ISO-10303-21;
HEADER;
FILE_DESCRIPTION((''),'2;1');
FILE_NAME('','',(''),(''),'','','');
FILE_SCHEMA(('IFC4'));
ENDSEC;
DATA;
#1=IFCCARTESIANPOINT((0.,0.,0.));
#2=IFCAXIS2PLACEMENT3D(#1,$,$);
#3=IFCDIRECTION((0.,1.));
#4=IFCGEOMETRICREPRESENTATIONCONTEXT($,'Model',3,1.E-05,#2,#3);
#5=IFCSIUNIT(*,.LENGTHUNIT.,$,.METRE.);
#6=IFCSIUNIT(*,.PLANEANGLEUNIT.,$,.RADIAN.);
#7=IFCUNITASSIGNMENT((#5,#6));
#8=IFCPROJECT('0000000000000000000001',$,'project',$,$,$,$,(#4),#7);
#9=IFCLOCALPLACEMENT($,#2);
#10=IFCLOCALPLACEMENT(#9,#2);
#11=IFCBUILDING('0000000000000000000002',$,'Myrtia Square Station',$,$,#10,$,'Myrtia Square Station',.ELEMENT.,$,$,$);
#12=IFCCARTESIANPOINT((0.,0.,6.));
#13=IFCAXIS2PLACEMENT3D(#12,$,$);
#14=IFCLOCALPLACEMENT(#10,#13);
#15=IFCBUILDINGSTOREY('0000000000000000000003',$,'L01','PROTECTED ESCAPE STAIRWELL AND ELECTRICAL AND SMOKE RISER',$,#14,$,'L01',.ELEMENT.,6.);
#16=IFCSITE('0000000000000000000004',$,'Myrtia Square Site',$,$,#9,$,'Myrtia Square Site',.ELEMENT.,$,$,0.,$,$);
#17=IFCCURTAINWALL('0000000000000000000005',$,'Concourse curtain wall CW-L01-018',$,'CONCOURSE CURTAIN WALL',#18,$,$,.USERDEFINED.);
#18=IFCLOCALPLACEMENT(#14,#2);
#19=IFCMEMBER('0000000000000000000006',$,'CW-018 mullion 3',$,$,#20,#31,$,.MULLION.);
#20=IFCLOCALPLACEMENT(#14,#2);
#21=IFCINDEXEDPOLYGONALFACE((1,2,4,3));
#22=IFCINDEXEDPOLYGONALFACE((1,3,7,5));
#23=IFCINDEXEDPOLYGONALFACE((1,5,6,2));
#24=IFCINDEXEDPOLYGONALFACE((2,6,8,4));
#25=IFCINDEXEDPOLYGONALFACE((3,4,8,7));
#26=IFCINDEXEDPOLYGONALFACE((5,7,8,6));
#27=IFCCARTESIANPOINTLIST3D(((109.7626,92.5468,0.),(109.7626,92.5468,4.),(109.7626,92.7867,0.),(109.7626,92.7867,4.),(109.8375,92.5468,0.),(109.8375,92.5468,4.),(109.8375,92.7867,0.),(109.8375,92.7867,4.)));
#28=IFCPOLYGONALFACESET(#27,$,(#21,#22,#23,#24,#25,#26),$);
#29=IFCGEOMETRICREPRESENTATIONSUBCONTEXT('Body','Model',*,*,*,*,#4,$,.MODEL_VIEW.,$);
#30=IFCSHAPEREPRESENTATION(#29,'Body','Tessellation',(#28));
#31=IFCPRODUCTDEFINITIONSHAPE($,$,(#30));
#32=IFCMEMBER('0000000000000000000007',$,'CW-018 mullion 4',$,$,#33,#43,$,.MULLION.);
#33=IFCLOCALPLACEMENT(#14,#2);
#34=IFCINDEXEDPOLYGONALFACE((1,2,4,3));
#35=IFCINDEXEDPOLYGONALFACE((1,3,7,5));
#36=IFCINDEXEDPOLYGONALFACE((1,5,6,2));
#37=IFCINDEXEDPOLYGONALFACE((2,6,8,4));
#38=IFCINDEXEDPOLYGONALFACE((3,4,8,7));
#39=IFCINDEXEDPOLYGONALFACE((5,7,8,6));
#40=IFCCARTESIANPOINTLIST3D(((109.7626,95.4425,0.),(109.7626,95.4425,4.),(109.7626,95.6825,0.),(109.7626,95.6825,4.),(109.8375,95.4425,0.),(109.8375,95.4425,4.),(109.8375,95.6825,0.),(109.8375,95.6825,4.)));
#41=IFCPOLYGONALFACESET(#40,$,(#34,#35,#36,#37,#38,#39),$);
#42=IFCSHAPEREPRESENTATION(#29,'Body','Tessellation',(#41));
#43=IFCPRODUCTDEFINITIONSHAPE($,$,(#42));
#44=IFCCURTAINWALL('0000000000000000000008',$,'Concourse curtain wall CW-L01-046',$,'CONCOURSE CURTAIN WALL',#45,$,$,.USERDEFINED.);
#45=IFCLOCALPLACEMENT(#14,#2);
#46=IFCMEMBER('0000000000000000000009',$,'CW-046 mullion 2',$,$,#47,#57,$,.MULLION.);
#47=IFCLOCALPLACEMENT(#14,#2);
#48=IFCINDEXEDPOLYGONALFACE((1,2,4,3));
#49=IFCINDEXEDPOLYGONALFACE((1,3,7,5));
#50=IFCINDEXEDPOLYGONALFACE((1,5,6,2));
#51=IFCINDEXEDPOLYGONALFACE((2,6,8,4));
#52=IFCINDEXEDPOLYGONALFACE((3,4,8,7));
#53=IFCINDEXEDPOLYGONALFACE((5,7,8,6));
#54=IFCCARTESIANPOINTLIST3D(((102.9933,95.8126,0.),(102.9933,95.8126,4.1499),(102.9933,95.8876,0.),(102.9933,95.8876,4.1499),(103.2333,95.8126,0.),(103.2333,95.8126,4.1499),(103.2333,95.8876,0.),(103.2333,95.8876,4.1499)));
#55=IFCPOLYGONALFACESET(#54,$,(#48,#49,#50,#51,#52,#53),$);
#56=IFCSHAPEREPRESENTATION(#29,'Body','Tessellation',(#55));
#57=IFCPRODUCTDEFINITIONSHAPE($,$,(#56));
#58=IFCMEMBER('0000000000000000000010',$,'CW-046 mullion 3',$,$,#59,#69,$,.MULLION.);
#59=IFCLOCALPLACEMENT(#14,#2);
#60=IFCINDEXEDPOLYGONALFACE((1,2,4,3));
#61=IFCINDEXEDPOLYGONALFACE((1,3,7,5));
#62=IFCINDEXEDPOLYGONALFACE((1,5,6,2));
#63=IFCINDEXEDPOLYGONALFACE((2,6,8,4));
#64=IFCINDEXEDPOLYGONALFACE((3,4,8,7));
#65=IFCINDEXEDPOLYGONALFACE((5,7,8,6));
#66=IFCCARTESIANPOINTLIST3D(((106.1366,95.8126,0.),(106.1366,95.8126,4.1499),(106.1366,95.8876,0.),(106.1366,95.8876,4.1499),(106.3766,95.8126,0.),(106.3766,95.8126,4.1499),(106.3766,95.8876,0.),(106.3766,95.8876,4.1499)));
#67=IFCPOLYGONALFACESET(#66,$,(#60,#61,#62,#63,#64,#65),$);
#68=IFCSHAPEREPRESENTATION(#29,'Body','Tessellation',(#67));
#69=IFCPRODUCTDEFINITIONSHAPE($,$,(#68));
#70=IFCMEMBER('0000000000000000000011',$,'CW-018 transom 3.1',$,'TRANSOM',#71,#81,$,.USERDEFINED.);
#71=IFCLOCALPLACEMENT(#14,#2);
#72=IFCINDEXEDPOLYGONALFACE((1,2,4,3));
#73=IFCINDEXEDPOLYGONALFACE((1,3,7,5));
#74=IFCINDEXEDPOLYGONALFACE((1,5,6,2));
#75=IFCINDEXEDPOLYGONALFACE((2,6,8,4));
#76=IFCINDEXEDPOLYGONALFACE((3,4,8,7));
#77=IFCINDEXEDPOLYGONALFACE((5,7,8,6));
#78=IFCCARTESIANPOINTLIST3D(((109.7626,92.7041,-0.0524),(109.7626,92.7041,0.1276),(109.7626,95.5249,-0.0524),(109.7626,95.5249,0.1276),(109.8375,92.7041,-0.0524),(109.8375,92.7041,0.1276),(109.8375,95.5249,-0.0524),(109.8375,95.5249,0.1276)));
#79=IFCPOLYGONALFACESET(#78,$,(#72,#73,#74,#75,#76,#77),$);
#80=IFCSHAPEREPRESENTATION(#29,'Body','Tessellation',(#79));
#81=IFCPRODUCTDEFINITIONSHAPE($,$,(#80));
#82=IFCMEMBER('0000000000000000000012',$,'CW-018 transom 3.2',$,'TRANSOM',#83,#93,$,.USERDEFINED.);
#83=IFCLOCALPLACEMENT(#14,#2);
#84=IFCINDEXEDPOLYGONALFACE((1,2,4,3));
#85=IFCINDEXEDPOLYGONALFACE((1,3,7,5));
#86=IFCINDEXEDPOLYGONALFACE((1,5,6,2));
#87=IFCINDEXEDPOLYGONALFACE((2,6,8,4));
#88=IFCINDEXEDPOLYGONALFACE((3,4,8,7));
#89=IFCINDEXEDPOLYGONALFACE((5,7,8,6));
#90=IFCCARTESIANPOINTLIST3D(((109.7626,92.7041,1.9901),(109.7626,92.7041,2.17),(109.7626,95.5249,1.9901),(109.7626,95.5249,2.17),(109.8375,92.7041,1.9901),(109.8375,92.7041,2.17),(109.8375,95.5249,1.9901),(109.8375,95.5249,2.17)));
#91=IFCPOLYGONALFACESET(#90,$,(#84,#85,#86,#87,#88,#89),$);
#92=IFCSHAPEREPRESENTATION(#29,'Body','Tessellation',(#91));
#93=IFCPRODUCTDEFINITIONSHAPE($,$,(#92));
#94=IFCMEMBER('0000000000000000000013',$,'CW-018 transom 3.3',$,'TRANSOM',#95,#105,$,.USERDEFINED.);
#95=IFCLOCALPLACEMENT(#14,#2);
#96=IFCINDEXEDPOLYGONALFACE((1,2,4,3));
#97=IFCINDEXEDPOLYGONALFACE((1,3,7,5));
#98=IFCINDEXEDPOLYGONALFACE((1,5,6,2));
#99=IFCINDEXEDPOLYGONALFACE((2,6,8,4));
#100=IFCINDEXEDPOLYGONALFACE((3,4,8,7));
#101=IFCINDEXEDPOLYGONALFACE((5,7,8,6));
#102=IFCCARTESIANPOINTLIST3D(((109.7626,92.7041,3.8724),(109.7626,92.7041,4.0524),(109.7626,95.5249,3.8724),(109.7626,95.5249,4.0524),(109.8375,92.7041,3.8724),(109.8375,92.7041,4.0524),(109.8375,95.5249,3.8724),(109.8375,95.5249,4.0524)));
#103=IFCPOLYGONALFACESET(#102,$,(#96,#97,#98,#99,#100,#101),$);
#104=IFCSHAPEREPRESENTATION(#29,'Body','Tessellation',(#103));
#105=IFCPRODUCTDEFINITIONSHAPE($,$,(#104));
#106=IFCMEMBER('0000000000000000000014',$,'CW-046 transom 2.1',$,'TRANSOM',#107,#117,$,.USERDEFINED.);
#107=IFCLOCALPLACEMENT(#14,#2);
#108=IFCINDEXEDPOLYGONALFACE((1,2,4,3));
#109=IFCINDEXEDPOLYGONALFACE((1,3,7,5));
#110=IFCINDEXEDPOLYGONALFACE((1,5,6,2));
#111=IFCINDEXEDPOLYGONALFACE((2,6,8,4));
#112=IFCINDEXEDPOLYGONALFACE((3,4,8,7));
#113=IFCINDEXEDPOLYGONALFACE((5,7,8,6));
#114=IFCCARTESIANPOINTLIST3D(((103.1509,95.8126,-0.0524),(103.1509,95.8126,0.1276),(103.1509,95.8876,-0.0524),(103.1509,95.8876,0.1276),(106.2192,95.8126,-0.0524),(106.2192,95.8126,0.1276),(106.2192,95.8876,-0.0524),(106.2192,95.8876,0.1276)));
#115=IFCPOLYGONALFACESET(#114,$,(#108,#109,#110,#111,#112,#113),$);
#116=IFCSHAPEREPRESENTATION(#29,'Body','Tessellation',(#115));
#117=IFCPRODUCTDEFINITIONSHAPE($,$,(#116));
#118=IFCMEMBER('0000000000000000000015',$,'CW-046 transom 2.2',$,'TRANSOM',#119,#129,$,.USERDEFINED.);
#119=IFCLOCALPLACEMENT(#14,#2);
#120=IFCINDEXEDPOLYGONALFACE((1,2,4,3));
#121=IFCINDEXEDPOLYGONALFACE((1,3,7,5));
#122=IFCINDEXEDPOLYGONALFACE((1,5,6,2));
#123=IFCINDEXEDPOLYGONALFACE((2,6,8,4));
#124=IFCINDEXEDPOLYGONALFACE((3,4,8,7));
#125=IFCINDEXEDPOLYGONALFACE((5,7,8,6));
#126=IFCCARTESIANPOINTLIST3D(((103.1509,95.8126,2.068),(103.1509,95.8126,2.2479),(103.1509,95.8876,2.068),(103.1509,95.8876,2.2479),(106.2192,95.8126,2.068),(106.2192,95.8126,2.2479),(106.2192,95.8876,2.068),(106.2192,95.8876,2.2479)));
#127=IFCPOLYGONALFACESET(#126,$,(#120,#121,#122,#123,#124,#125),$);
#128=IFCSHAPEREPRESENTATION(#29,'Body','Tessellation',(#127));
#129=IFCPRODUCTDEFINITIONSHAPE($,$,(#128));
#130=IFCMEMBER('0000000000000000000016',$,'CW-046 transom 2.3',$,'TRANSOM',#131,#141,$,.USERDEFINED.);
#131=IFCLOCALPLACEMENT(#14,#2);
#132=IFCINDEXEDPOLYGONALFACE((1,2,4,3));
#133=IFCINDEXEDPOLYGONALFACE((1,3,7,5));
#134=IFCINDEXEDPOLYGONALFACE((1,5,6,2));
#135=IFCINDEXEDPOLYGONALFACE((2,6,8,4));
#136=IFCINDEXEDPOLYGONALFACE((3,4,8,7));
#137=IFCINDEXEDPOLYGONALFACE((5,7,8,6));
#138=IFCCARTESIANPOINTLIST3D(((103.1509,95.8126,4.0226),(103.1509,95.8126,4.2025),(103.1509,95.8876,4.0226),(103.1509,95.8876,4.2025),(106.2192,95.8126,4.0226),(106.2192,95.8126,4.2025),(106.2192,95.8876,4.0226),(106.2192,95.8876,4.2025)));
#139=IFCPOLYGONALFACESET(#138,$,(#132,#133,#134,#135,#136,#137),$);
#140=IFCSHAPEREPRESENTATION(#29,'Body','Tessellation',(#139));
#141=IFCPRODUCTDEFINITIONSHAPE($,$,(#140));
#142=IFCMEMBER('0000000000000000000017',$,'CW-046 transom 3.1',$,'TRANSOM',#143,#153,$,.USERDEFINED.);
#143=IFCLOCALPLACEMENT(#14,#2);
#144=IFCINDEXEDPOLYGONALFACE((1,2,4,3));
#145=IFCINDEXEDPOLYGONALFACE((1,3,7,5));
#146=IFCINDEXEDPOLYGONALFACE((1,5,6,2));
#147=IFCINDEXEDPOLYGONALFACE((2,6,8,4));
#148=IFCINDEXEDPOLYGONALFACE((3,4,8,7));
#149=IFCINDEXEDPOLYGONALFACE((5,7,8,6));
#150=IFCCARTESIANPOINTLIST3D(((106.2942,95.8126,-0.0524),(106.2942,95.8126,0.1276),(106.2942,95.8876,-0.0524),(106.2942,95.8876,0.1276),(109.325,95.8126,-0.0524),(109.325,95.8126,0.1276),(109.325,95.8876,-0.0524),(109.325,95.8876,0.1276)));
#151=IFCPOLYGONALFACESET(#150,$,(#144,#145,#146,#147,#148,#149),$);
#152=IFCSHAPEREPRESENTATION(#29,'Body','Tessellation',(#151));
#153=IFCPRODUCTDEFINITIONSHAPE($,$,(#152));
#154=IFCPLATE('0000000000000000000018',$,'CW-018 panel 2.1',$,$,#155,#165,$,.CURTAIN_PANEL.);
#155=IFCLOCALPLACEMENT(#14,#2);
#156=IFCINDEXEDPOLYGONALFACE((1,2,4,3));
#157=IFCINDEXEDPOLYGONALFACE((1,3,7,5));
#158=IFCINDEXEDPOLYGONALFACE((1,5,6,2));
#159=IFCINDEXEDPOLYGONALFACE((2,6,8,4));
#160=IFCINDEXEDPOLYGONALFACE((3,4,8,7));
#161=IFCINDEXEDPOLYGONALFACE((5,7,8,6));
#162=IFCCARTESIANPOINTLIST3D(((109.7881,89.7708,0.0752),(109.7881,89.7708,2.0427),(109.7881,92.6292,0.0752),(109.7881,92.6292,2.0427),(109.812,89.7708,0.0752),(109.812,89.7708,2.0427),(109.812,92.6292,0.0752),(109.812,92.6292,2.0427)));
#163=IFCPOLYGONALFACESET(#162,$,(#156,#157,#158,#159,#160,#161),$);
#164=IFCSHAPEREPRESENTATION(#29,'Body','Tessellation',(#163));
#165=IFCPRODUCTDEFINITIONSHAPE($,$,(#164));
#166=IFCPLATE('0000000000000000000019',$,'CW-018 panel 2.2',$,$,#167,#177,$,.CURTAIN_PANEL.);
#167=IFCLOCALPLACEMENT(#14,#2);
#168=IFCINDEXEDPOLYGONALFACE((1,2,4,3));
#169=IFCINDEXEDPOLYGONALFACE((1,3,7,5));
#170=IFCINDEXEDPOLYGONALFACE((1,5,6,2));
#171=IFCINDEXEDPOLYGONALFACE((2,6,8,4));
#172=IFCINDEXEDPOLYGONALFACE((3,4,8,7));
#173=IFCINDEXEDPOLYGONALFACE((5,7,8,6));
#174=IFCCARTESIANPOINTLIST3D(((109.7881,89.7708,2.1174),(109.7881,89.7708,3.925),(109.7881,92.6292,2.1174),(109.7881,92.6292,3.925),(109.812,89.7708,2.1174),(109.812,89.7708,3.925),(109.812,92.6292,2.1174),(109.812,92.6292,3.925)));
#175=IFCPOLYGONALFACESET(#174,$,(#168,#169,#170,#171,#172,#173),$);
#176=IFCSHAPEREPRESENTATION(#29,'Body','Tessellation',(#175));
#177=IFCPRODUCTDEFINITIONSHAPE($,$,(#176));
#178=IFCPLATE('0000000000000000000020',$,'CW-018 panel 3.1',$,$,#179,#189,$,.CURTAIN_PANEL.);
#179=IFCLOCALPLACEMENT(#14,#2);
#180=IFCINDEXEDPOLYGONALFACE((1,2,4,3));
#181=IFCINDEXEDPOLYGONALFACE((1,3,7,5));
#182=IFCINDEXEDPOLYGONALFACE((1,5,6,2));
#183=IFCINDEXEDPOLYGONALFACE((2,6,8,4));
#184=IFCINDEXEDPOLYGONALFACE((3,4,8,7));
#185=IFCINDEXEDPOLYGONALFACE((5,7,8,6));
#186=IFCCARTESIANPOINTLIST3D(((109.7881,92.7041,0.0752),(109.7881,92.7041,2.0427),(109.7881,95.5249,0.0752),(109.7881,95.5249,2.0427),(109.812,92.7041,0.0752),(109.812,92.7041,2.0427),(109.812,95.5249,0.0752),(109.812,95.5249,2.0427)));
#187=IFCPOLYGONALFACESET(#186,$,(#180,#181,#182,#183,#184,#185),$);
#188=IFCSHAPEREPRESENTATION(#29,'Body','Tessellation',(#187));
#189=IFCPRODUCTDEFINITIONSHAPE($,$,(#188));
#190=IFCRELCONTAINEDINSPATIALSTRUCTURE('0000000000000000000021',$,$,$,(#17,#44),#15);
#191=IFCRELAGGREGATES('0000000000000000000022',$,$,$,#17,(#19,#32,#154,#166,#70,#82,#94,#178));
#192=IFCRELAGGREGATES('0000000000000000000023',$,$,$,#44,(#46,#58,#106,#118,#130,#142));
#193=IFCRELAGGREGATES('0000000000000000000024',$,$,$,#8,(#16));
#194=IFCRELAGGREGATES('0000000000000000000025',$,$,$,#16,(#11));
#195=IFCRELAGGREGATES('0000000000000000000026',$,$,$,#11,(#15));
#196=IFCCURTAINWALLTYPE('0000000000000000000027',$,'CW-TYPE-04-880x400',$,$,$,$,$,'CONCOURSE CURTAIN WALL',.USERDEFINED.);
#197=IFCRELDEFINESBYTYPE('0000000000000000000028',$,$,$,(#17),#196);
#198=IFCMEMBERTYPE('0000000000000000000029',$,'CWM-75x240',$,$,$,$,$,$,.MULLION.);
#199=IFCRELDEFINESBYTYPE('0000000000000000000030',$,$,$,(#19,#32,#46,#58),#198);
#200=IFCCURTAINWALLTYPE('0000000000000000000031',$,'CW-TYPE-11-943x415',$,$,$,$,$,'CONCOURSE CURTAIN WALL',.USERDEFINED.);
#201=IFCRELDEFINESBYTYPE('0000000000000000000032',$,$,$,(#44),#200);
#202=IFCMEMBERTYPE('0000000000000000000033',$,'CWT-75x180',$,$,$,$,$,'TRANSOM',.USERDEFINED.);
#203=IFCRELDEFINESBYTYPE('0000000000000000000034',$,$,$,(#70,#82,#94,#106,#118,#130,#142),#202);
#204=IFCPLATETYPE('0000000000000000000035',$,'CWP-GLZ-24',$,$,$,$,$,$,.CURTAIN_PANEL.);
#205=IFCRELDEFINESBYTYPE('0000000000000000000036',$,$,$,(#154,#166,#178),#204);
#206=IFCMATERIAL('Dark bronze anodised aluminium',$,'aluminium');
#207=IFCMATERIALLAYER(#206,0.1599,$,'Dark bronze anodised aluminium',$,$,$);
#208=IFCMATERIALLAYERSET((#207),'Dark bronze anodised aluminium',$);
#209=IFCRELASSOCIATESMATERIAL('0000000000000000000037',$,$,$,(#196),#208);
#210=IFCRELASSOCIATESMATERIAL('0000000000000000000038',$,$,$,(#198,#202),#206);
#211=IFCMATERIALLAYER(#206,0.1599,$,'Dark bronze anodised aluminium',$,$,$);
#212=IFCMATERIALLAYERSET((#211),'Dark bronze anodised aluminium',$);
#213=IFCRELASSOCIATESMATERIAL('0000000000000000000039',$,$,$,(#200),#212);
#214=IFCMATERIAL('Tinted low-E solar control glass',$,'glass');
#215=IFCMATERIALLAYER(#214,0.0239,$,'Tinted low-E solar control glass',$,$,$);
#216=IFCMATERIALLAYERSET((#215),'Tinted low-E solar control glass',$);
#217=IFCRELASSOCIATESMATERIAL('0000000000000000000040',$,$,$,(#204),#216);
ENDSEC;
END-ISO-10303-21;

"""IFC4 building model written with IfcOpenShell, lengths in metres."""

from ifc_helpers import new_model, si_unit, direction, frame, origin, origin_2d, place, context, subcontext, project, spatial, rectangle, extrude, material, layer, layer_set, material_profile, profile_set, type_object, element, aggregate, save


model = new_model("IFC4")

# Units and contexts
model_context = context("Model", 3, precision=1e-05, world=origin(), true_north=direction((0.0, 1.0)))
body_context = subcontext(model_context, "Body", "Model", "MODEL_VIEW")
ifc_project = project(units=[si_unit("LENGTHUNIT", "METRE"), si_unit("PLANEANGLEUNIT", "RADIAN")], contexts=[model_context])

# Site, building, storey
site_placement = place(None, origin())
site = spatial("IfcSite", under=ifc_project, at=site_placement, Name="Myrtia Square Site", LongName="Myrtia Square Site", CompositionType="ELEMENT", RefElevation=0.0)
building_placement = place(site_placement, origin())
building = spatial("IfcBuilding", under=site, at=building_placement, Name="Myrtia Square Station", LongName="Myrtia Square Station", CompositionType="ELEMENT")
storey_placement = place(building_placement, frame((0.0, 0.0, 6.0)))
storey = spatial("IfcBuildingStorey", under=building, at=storey_placement, Name="L01", Description="PROTECTED ESCAPE STAIRWELL AND ELECTRICAL AND SMOKE RISER", LongName="L01", CompositionType="ELEMENT", Elevation=6.0)

# Curtain walls, members
ifc_material_1 = material(Name="Dark bronze anodised aluminium", Category="aluminium")
ifc_layer_1 = layer(ifc_material_1, 0.1599, Name="Dark bronze anodised aluminium")
ifc_layer_set_1 = layer_set([ifc_layer_1], Name="Dark bronze anodised aluminium")
curtain_wall_type_1 = type_object("IfcCurtainWallType", Name="CW-TYPE-04-880x400", ElementType="CONCOURSE CURTAIN WALL", PredefinedType="USERDEFINED", material=ifc_layer_set_1)
curtain_wall_1_placement = place(storey_placement, origin())
curtain_wall_1 = element("IfcCurtainWall", 1, at=curtain_wall_1_placement, inside=storey, type_object=curtain_wall_type_1, Name="Concourse curtain wall CW-L01-018", ObjectType="CONCOURSE CURTAIN WALL", PredefinedType="USERDEFINED")
ifc_material_profile_1 = material_profile(ifc_material_1, rectangle(XDim=0.075, YDim=0.24, at=origin_2d()), Name="ALU-M 75x240")
ifc_profile_set_1 = profile_set([ifc_material_profile_1], Name="Dark bronze anodised aluminium")
member_type_1 = type_object("IfcMemberType", Name="CWM-75x240", PredefinedType="MULLION", material=ifc_profile_set_1)
member_1_placement = place(storey_placement, frame((109.8, 92.6667, 0.0), z_axis=(0.0, 0.0, 1.0), x_axis=(-1.0, 0.0, 0.0)))
member_1 = element("IfcMember", 2, at=member_1_placement, type_object=member_type_1, Name="CW-018 mullion 3", PredefinedType="MULLION", context=body_context, shape_type="SweptSolid", body=[
    extrude(rectangle(XDim=0.075, YDim=0.24, at=origin_2d()), origin(), (0.0, 0.0, 1.0), 4.0),
])
member_2_placement = place(storey_placement, frame((109.8, 95.5625, 0.0), z_axis=(0.0, 0.0, 1.0), x_axis=(-1.0, 0.0, 0.0)))
member_2 = element("IfcMember", 3, at=member_2_placement, type_object=member_type_1, Name="CW-018 mullion 4", PredefinedType="MULLION", context=body_context, shape_type="SweptSolid", body=[
    extrude(rectangle(XDim=0.075, YDim=0.24, at=origin_2d()), origin(), (0.0, 0.0, 1.0), 4.0),
])
ifc_layer_2 = layer(ifc_material_1, 0.1599, Name="Dark bronze anodised aluminium")
ifc_layer_set_2 = layer_set([ifc_layer_2], Name="Dark bronze anodised aluminium")
curtain_wall_type_2 = type_object("IfcCurtainWallType", Name="CW-TYPE-11-943x415", ElementType="CONCOURSE CURTAIN WALL", PredefinedType="USERDEFINED", material=ifc_layer_set_2)
curtain_wall_2_placement = place(storey_placement, origin())
curtain_wall_2 = element("IfcCurtainWall", 4, at=curtain_wall_2_placement, inside=storey, type_object=curtain_wall_type_2, Name="Concourse curtain wall CW-L01-046", ObjectType="CONCOURSE CURTAIN WALL", PredefinedType="USERDEFINED")
member_3_placement = place(storey_placement, frame((103.1133, 95.8501, 0.0), z_axis=(0.0, 0.0, 1.0), x_axis=(0.0, 1.0, 0.0)))
member_3 = element("IfcMember", 5, at=member_3_placement, type_object=member_type_1, Name="CW-046 mullion 2", PredefinedType="MULLION", context=body_context, shape_type="SweptSolid", body=[
    extrude(rectangle(XDim=0.075, YDim=0.24, at=origin_2d()), origin(), (0.0, 0.0, 1.0), 4.1499),
])
member_4_placement = place(storey_placement, frame((106.2566, 95.8501, 0.0), z_axis=(0.0, 0.0, 1.0), x_axis=(0.0, 1.0, 0.0)))
member_4 = element("IfcMember", 6, at=member_4_placement, type_object=member_type_1, Name="CW-046 mullion 3", PredefinedType="MULLION", context=body_context, shape_type="SweptSolid", body=[
    extrude(rectangle(XDim=0.075, YDim=0.24, at=origin_2d()), origin(), (0.0, 0.0, 1.0), 4.1499),
])

# Members
ifc_material_profile_2 = material_profile(ifc_material_1, rectangle(XDim=0.075, YDim=0.1799, at=origin_2d()), Name="ALU-T 75x180")
ifc_profile_set_2 = profile_set([ifc_material_profile_2], Name="Dark bronze anodised aluminium")
member_type_2 = type_object("IfcMemberType", Name="CWT-75x180", ElementType="TRANSOM", PredefinedType="USERDEFINED", material=ifc_profile_set_2)
member_5_placement = place(storey_placement, frame((109.8, 92.7041, 0.0376), z_axis=(0.0, 1.0, 0.0), x_axis=(-1.0, 0.0, 0.0)))
member_5 = element("IfcMember", 7, at=member_5_placement, type_object=member_type_2, Name="CW-018 transom 3.1", ObjectType="TRANSOM", PredefinedType="USERDEFINED", context=body_context, shape_type="SweptSolid", body=[
    extrude(rectangle(XDim=0.075, YDim=0.1799, at=origin_2d()), origin(), (0.0, 0.0, 1.0), 2.8208),
])
member_6_placement = place(storey_placement, frame((109.8, 92.7041, 2.0801), z_axis=(0.0, 1.0, 0.0), x_axis=(-1.0, 0.0, 0.0)))
member_6 = element("IfcMember", 8, at=member_6_placement, type_object=member_type_2, Name="CW-018 transom 3.2", ObjectType="TRANSOM", PredefinedType="USERDEFINED", context=body_context, shape_type="SweptSolid", body=[
    extrude(rectangle(XDim=0.075, YDim=0.1799, at=origin_2d()), origin(), (0.0, 0.0, 1.0), 2.8208),
])
member_7_placement = place(storey_placement, frame((109.8, 92.7041, 3.9624), z_axis=(0.0, 1.0, 0.0), x_axis=(-1.0, 0.0, 0.0)))
member_7 = element("IfcMember", 9, at=member_7_placement, type_object=member_type_2, Name="CW-018 transom 3.3", ObjectType="TRANSOM", PredefinedType="USERDEFINED", context=body_context, shape_type="SweptSolid", body=[
    extrude(rectangle(XDim=0.075, YDim=0.1799, at=origin_2d()), origin(), (0.0, 0.0, 1.0), 2.8208),
])
member_8_placement = place(storey_placement, frame((103.1509, 95.8501, 0.0376), z_axis=(1.0, 0.0, 0.0), x_axis=(0.0, 1.0, 0.0)))
member_8 = element("IfcMember", 10, at=member_8_placement, type_object=member_type_2, Name="CW-046 transom 2.1", ObjectType="TRANSOM", PredefinedType="USERDEFINED", context=body_context, shape_type="SweptSolid", body=[
    extrude(rectangle(XDim=0.075, YDim=0.1799, at=origin_2d()), origin(), (0.0, 0.0, 1.0), 3.0684),
])
member_9_placement = place(storey_placement, frame((103.1509, 95.8501, 2.158), z_axis=(1.0, 0.0, 0.0), x_axis=(0.0, 1.0, 0.0)))
member_9 = element("IfcMember", 11, at=member_9_placement, type_object=member_type_2, Name="CW-046 transom 2.2", ObjectType="TRANSOM", PredefinedType="USERDEFINED", context=body_context, shape_type="SweptSolid", body=[
    extrude(rectangle(XDim=0.075, YDim=0.1799, at=origin_2d()), origin(), (0.0, 0.0, 1.0), 3.0684),
])
member_10_placement = place(storey_placement, frame((103.1509, 95.8501, 4.1125), z_axis=(1.0, 0.0, 0.0), x_axis=(0.0, 1.0, 0.0)))
member_10 = element("IfcMember", 12, at=member_10_placement, type_object=member_type_2, Name="CW-046 transom 2.3", ObjectType="TRANSOM", PredefinedType="USERDEFINED", context=body_context, shape_type="SweptSolid", body=[
    extrude(rectangle(XDim=0.075, YDim=0.1799, at=origin_2d()), origin(), (0.0, 0.0, 1.0), 3.0684),
])
member_11_placement = place(storey_placement, frame((106.2942, 95.8501, 0.0376), z_axis=(1.0, 0.0, 0.0), x_axis=(0.0, 1.0, 0.0)))
member_11 = element("IfcMember", 13, at=member_11_placement, type_object=member_type_2, Name="CW-046 transom 3.1", ObjectType="TRANSOM", PredefinedType="USERDEFINED", context=body_context, shape_type="SweptSolid", body=[
    extrude(rectangle(XDim=0.075, YDim=0.1799, at=origin_2d()), origin(), (0.0, 0.0, 1.0), 3.0308),
])

# Plates
ifc_material_2 = material(Name="Tinted low-E solar control glass", Category="glass")
ifc_layer_3 = layer(ifc_material_2, 0.0239, Name="Tinted low-E solar control glass")
ifc_layer_set_3 = layer_set([ifc_layer_3], Name="Tinted low-E solar control glass")
plate_type = type_object("IfcPlateType", Name="CWP-GLZ-24", PredefinedType="CURTAIN_PANEL", material=ifc_layer_set_3)
plate_1_placement = place(storey_placement, frame((109.8, 91.2, 0.0752), z_axis=(0.0, 0.0, 1.0), x_axis=(0.0, 1.0, 0.0)))
plate_1 = element("IfcPlate", 14, at=plate_1_placement, type_object=plate_type, Name="CW-018 panel 2.1", PredefinedType="CURTAIN_PANEL", context=body_context, shape_type="SweptSolid", body=[
    extrude(rectangle(XDim=2.8584, YDim=0.0239, at=origin_2d()), origin(), (0.0, 0.0, 1.0), 1.9675),
])
plate_2_placement = place(storey_placement, frame((109.8, 91.2, 2.1174), z_axis=(0.0, 0.0, 1.0), x_axis=(0.0, 1.0, 0.0)))
plate_2 = element("IfcPlate", 15, at=plate_2_placement, type_object=plate_type, Name="CW-018 panel 2.2", PredefinedType="CURTAIN_PANEL", context=body_context, shape_type="SweptSolid", body=[
    extrude(rectangle(XDim=2.8584, YDim=0.0239, at=origin_2d()), origin(), (0.0, 0.0, 1.0), 1.8076),
])
plate_3_placement = place(storey_placement, frame((109.8, 94.1145, 0.0752), z_axis=(0.0, 0.0, 1.0), x_axis=(0.0, 1.0, 0.0)))
plate_3 = element("IfcPlate", 16, at=plate_3_placement, type_object=plate_type, Name="CW-018 panel 3.1", PredefinedType="CURTAIN_PANEL", context=body_context, shape_type="SweptSolid", body=[
    extrude(rectangle(XDim=2.8208, YDim=0.0239, at=origin_2d()), origin(), (0.0, 0.0, 1.0), 1.9675),
])
aggregate(curtain_wall_1, [member_1, member_2, plate_1, plate_2, member_5, member_6, member_7, plate_3])
aggregate(curtain_wall_2, [member_3, member_4, member_8, member_9, member_10, member_11])

save(model, "model.ifc")
